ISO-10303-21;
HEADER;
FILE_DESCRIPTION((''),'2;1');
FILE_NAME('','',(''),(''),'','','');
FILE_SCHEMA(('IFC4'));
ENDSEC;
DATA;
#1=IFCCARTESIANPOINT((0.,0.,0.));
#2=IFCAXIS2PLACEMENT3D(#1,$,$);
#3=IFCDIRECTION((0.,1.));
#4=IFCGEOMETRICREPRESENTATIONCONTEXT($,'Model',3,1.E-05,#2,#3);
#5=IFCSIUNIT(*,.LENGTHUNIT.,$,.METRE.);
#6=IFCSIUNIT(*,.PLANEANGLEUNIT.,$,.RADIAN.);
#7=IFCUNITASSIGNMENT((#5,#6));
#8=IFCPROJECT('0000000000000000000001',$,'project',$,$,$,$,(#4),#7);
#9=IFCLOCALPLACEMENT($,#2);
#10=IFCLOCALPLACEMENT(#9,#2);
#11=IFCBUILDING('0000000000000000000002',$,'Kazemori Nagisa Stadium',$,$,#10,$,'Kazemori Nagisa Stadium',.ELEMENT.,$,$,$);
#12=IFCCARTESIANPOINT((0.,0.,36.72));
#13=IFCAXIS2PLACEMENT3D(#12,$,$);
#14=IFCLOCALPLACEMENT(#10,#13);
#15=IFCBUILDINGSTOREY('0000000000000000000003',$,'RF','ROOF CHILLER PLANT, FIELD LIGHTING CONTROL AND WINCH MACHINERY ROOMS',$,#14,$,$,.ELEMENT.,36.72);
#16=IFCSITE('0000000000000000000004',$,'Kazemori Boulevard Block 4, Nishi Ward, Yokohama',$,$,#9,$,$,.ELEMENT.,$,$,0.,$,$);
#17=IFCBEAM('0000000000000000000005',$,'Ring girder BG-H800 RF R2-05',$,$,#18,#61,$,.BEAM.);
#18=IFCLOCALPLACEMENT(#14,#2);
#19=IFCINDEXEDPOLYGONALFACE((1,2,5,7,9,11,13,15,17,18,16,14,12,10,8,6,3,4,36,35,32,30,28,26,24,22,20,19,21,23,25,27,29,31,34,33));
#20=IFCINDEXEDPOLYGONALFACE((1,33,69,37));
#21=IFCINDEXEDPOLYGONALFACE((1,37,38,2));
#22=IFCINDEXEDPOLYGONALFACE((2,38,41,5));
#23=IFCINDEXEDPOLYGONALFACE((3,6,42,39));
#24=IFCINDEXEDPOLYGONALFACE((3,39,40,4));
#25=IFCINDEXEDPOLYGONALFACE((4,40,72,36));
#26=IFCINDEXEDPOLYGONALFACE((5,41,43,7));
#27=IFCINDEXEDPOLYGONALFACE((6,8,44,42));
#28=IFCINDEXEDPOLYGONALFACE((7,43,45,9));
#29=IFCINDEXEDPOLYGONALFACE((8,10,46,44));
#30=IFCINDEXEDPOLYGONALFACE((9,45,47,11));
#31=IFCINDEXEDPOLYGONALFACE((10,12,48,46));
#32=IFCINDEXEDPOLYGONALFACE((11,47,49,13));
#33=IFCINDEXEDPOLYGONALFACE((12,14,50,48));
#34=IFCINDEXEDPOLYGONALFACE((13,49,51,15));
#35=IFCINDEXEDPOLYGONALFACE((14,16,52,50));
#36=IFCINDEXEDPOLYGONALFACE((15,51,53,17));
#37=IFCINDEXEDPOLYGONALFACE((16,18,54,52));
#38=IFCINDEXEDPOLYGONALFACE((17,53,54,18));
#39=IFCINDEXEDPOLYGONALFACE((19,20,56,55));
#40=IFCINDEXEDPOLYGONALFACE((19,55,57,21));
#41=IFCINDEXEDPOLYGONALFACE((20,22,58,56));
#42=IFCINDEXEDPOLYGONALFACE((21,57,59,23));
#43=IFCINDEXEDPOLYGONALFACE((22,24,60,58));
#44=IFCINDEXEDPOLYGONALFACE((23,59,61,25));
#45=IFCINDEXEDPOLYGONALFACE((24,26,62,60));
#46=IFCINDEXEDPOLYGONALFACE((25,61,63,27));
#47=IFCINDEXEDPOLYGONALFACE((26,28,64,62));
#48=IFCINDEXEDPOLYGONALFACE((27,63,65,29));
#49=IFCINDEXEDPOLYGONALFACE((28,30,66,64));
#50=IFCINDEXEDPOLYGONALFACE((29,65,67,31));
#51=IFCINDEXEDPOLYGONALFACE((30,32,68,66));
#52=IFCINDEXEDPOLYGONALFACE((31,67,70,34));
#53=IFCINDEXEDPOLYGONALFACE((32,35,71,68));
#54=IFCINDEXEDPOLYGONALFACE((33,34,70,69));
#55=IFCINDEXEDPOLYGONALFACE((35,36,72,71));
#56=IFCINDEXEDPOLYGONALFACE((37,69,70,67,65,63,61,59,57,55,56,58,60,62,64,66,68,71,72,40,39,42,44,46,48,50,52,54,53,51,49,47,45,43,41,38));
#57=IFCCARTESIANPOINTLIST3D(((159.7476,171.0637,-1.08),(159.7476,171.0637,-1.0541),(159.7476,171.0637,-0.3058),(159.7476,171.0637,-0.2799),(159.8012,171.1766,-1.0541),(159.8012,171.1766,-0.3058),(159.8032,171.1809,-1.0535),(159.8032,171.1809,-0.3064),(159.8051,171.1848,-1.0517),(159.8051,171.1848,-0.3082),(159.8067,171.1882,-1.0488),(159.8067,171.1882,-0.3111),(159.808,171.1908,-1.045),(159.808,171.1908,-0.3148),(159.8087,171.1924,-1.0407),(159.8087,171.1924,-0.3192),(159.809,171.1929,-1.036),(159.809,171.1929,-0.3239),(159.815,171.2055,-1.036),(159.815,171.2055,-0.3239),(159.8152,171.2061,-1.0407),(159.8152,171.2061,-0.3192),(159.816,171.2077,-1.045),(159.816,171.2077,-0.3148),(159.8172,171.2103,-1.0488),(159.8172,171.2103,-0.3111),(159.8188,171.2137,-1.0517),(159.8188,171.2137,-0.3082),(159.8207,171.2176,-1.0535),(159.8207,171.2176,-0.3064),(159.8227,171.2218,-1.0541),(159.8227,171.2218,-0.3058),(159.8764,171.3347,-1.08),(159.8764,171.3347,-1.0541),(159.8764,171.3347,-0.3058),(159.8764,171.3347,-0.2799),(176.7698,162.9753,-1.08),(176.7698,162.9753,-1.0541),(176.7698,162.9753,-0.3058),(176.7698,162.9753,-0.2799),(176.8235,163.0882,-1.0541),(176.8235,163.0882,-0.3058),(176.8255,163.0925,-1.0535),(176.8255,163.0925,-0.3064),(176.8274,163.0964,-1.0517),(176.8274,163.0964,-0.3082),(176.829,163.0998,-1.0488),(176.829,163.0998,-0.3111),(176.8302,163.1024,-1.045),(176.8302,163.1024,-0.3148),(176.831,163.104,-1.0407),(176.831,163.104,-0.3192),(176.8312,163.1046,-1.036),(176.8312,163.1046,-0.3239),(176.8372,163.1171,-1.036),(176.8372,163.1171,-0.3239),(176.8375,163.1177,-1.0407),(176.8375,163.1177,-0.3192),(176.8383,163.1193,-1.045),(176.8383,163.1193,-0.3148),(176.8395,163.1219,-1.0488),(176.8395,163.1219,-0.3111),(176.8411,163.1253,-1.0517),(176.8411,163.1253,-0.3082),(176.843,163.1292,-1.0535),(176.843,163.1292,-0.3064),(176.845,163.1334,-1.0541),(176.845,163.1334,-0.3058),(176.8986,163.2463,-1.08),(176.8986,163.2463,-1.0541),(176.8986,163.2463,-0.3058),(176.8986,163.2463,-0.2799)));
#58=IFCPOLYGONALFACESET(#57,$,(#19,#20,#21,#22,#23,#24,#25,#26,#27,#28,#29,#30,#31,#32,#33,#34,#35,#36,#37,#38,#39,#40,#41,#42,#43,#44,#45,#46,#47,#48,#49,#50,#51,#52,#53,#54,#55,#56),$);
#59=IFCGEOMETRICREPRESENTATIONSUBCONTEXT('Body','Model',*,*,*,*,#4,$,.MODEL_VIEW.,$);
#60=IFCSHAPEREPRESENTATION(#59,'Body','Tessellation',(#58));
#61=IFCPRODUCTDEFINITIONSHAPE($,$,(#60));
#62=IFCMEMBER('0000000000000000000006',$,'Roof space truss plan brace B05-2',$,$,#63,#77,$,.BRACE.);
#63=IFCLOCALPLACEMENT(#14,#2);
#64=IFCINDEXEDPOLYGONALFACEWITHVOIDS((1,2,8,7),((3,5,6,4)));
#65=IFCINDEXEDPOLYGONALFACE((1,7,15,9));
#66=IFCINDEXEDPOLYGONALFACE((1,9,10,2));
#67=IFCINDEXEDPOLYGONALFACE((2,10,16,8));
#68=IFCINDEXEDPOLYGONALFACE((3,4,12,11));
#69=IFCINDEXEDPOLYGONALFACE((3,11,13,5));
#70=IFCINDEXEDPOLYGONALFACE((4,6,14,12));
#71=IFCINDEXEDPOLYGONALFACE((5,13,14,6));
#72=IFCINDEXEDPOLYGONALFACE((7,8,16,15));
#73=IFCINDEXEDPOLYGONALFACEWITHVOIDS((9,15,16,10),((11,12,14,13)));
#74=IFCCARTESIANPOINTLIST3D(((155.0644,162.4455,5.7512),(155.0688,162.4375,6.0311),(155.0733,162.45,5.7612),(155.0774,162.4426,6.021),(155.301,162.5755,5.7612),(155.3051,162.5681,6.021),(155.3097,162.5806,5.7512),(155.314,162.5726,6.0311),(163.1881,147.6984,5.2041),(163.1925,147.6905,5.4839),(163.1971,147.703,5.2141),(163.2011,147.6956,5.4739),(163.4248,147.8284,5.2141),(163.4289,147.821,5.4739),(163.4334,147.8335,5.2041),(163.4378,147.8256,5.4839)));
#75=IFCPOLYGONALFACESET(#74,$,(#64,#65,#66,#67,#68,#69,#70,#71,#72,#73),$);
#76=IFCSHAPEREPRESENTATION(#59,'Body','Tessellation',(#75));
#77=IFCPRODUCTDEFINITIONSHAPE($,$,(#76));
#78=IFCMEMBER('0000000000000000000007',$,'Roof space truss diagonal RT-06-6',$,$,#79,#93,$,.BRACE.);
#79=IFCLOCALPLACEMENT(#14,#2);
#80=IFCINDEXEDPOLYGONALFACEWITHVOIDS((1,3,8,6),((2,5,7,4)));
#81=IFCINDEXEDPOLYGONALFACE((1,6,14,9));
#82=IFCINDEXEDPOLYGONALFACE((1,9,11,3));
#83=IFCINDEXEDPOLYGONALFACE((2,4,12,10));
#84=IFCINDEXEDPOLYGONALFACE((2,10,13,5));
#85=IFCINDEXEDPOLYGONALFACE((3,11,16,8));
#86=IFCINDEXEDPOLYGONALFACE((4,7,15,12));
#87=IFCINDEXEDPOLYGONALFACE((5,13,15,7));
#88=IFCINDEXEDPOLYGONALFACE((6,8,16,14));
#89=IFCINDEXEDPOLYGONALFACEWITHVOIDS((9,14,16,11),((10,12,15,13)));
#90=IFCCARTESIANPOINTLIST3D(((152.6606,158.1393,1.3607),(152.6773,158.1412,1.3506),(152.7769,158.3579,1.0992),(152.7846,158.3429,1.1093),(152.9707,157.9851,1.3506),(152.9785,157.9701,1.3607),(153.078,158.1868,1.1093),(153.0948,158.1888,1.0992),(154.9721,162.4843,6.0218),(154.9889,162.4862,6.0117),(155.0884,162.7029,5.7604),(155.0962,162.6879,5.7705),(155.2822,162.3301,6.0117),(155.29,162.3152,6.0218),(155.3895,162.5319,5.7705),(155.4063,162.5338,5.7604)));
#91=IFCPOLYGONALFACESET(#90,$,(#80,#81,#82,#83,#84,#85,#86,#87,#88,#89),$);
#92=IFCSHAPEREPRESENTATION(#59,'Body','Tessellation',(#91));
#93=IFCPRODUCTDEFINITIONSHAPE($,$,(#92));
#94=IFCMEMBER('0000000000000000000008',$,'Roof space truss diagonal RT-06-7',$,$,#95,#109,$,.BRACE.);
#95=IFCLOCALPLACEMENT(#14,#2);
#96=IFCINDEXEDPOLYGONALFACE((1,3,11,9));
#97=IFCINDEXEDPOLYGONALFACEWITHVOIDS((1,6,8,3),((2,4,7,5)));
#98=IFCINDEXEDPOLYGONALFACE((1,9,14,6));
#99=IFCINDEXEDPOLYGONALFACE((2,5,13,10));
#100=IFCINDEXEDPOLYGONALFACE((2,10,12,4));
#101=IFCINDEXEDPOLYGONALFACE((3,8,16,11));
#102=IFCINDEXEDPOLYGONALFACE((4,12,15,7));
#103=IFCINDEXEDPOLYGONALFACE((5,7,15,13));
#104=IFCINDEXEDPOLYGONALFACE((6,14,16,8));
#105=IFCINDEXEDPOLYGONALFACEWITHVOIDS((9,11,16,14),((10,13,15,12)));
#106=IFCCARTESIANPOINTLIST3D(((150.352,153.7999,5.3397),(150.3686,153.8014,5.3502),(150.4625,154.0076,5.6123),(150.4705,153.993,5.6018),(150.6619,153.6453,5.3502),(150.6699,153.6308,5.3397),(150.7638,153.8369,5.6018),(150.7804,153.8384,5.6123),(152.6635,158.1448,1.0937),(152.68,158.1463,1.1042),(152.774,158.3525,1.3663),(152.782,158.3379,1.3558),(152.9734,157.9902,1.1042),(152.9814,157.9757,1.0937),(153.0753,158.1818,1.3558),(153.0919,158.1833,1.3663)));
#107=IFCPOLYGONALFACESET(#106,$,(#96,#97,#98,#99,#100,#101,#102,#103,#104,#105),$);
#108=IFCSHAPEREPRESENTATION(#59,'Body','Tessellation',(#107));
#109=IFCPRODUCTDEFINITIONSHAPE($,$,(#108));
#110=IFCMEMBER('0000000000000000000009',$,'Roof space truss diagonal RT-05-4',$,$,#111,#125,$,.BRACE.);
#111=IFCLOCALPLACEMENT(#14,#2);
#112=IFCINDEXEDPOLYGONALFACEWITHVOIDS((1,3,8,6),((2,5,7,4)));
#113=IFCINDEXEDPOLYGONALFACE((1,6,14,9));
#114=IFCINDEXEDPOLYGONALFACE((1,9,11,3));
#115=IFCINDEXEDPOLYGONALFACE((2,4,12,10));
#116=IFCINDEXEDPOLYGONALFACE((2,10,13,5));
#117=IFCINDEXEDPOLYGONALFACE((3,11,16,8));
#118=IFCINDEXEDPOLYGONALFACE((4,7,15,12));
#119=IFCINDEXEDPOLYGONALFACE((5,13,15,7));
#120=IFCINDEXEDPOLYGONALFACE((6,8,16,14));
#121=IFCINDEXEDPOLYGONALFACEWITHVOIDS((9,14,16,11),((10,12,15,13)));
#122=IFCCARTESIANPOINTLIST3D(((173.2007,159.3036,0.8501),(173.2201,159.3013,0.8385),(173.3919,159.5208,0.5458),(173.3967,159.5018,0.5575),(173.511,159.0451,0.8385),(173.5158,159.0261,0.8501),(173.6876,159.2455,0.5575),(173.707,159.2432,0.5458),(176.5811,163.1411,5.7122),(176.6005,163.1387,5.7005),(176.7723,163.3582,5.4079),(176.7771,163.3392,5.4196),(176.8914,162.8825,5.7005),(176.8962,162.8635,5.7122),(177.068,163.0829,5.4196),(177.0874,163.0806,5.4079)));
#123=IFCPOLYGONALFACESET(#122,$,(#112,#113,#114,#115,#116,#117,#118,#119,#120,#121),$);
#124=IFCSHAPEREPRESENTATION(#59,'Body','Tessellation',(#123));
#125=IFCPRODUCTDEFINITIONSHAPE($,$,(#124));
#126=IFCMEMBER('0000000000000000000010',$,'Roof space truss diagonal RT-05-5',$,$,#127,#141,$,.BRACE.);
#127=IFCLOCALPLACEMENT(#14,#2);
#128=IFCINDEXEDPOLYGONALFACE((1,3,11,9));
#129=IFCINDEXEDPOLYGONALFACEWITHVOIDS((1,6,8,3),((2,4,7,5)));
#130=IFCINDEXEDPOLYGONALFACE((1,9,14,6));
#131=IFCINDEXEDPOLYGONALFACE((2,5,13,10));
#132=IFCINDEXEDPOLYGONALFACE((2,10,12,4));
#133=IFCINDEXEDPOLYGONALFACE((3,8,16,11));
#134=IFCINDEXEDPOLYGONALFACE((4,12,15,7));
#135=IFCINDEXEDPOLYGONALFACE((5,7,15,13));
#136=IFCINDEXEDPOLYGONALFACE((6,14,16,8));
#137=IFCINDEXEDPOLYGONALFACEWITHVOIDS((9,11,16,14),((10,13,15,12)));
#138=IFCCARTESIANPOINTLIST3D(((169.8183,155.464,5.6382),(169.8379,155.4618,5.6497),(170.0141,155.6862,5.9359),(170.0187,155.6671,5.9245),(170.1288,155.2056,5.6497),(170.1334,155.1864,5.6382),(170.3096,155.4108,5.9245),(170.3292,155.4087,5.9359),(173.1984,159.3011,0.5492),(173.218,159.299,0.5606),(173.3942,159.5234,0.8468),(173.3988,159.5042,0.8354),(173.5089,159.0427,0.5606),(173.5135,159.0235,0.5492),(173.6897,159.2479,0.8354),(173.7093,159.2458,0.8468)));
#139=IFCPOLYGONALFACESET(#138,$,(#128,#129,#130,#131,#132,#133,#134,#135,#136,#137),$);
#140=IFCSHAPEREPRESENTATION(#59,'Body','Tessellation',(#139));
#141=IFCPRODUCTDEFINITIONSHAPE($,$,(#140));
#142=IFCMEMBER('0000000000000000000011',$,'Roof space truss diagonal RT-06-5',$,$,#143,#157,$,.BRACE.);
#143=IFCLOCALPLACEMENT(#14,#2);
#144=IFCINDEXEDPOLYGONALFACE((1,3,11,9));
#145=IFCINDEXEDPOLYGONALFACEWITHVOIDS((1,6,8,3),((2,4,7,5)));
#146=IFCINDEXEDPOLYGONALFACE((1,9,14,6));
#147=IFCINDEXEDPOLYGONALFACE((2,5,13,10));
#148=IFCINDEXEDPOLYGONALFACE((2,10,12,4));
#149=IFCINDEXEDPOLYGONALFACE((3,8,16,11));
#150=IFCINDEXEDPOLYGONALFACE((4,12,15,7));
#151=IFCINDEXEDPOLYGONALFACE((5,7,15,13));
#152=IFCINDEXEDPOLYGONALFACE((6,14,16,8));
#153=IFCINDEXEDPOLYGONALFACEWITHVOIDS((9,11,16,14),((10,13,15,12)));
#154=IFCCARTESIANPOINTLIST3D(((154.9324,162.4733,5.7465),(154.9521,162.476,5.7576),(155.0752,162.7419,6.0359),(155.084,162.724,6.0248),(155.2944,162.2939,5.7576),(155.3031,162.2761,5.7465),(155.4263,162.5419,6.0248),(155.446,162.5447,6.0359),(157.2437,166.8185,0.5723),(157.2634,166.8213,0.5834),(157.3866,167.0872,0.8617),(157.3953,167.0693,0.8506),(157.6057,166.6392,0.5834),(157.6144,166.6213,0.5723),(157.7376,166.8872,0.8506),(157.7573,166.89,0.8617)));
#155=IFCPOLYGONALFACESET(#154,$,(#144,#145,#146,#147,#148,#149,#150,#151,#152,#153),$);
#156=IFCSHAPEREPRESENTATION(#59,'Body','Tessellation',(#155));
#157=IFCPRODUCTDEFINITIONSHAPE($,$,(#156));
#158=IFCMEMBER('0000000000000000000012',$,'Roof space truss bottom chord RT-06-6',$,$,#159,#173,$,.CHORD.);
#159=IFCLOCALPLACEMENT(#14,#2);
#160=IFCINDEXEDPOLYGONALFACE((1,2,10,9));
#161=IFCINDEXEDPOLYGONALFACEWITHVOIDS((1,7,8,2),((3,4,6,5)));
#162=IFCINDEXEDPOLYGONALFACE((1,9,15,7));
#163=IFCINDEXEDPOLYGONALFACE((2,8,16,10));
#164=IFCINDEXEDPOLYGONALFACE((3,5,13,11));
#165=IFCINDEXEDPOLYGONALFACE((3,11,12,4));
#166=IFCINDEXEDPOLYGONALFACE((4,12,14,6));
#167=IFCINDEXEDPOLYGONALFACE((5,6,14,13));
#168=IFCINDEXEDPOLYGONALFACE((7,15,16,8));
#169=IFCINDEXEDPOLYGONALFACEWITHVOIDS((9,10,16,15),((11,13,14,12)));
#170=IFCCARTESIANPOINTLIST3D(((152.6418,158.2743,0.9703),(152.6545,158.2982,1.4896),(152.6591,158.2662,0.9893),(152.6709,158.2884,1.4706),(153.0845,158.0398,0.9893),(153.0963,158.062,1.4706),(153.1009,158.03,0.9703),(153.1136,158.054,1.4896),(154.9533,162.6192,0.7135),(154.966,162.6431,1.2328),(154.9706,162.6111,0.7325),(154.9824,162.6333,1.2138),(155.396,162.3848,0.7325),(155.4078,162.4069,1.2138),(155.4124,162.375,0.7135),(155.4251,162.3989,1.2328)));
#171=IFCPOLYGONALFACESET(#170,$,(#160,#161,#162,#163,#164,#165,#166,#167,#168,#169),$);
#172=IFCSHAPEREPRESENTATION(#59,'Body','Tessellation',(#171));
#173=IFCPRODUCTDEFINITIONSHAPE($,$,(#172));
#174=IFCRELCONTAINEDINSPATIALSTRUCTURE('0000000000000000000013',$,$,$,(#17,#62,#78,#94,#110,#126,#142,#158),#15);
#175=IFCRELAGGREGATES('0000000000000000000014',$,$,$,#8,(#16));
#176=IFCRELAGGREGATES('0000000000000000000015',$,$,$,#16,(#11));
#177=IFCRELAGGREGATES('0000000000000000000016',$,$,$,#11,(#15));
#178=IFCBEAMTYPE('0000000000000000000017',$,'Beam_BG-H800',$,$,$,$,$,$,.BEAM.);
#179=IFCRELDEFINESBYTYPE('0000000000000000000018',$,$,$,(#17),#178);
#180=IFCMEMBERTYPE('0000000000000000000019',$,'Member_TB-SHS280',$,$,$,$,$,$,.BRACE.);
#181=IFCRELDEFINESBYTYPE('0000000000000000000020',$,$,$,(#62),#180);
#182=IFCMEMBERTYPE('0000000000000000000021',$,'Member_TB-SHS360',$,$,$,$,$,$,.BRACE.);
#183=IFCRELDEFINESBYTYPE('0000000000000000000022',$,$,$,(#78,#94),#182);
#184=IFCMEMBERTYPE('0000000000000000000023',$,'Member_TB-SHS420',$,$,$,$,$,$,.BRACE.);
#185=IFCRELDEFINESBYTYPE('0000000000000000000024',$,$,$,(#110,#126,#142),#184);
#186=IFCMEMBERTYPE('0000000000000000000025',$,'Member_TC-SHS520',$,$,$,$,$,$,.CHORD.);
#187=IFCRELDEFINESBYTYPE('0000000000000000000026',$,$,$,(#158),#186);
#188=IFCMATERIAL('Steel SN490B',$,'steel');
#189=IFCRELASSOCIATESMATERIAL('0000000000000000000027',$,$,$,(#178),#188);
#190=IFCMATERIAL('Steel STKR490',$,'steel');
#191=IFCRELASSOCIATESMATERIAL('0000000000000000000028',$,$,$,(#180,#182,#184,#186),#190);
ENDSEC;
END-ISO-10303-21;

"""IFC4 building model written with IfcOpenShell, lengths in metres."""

from ifc_helpers import new_model, si_unit, direction, frame, origin, origin_2d, place, context, subcontext, project, spatial, hollow_rectangle, i_section, extrude, material, material_profile, profile_set, type_object, element, save


model = new_model("IFC4")

# Units and contexts
model_context = context("Model", 3, precision=1e-05, world=origin(), true_north=direction((0.0, 1.0)))
body_context = subcontext(model_context, "Body", "Model", "MODEL_VIEW")
ifc_project = project(units=[si_unit("LENGTHUNIT", "METRE"), si_unit("PLANEANGLEUNIT", "RADIAN")], contexts=[model_context])

# Site, building, storey
site_placement = place(None, origin())
site = spatial("IfcSite", under=ifc_project, at=site_placement, Name="Kazemori Boulevard Block 4, Nishi Ward, Yokohama", CompositionType="ELEMENT", RefElevation=0.0)
building_placement = place(site_placement, origin())
building = spatial("IfcBuilding", under=site, at=building_placement, Name="Kazemori Nagisa Stadium", LongName="Kazemori Nagisa Stadium", CompositionType="ELEMENT")
storey_placement = place(building_placement, frame((0.0, 0.0, 36.72)))
storey = spatial("IfcBuildingStorey", under=building, at=storey_placement, Name="RF", Description="ROOF CHILLER PLANT, FIELD LIGHTING CONTROL AND WINCH MACHINERY ROOMS", CompositionType="ELEMENT", Elevation=36.72)

# Shared definitions
ifc_material_1 = material(Name="Steel SN490B", Category="steel")

# Beam
ifc_material_profile_1 = material_profile(ifc_material_1, i_section(OverallWidth=0.3, OverallDepth=0.8, WebThickness=0.0139, FlangeThickness=0.0259, FilletRadius=0.0181, at=origin_2d()), Name="H-800x300x14x26")
ifc_profile_set_1 = profile_set([ifc_material_profile_1], Name="Steel SN490B")
beam_type_1 = type_object("IfcBeamType", Name="Beam_BG-H800", PredefinedType="BEAM", material=ifc_profile_set_1)
beam_1_placement = place(storey_placement, frame((176.8342, 163.1108, -0.6799), z_axis=(-0.903219, 0.429179, 0.0), x_axis=(-0.429179, -0.903219, 0.0)))
element("IfcBeam", 1, at=beam_1_placement, inside=storey, type_object=beam_type_1, Name="Ring girder BG-H800 RF R2-05", PredefinedType="BEAM", context=body_context, shape_type="SweptSolid", body=[
    extrude(i_section(OverallWidth=0.3, OverallDepth=0.8, WebThickness=0.0139, FlangeThickness=0.0259, FilletRadius=0.0181, at=origin_2d()), origin(), (0.0, 0.0, 1.0), 18.8462),
])

# Members
ifc_material_2 = material(Name="Steel STKR490", Category="steel")
ifc_material_profile_2 = material_profile(ifc_material_2, hollow_rectangle(XDim=0.28, YDim=0.28, WallThickness=0.01, at=origin_2d()), Name="SHS-280x280x10")
ifc_profile_set_2 = profile_set([ifc_material_profile_2], Name="Steel STKR490")
member_type_1 = type_object("IfcMemberType", Name="Member_TB-SHS280", PredefinedType="BRACE", material=ifc_profile_set_2)
member_1_placement = place(storey_placement, frame((155.1892, 162.509, 5.8911), z_axis=(0.482252, -0.87543, -0.032479), x_axis=(0.875892, 0.482506, 0.0)))
element("IfcMember", 2, at=member_1_placement, inside=storey, type_object=member_type_1, Name="Roof space truss plan brace B05-2", PredefinedType="BRACE", context=body_context, shape_type="SweptSolid", body=[
    extrude(hollow_rectangle(XDim=0.28, YDim=0.28, WallThickness=0.01, at=origin_2d()), origin(), (0.0, 0.0, 1.0), 16.8455),
])
ifc_material_profile_3 = material_profile(ifc_material_2, hollow_rectangle(XDim=0.3601, YDim=0.3601, WallThickness=0.0139, at=origin_2d()), Name="SHS-360x360x14")
ifc_profile_set_3 = profile_set([ifc_material_profile_3], Name="Steel STKR490")
member_type_2 = type_object("IfcMemberType", Name="Member_TB-SHS360", PredefinedType="BRACE", material=ifc_profile_set_3)
member_2_placement = place(storey_placement, frame((155.1892, 162.509, 5.8911), z_axis=(-0.341008, -0.640993, -0.687635), x_axis=(0.882841, -0.469671, 0.0)))
element("IfcMember", 3, at=member_2_placement, inside=storey, type_object=member_type_2, Name="Roof space truss diagonal RT-06-6", PredefinedType="BRACE", context=body_context, shape_type="SweptSolid", body=[
    extrude(hollow_rectangle(XDim=0.3601, YDim=0.3601, WallThickness=0.0139, at=origin_2d()), origin(), (0.0, 0.0, 1.0), 6.7786),
])
member_3_placement = place(storey_placement, frame((152.8777, 158.1641, 1.23), z_axis=(-0.355614, -0.668447, 0.653236), x_axis=(0.882841, -0.469671, 0.0)))
element("IfcMember", 4, at=member_3_placement, inside=storey, type_object=member_type_2, Name="Roof space truss diagonal RT-06-7", PredefinedType="BRACE", context=body_context, shape_type="SweptSolid", body=[
    extrude(hollow_rectangle(XDim=0.3601, YDim=0.3601, WallThickness=0.0139, at=origin_2d()), origin(), (0.0, 0.0, 1.0), 6.5),
])
ifc_material_profile_4 = material_profile(ifc_material_2, hollow_rectangle(XDim=0.4199, YDim=0.4199, WallThickness=0.0161, at=origin_2d()), Name="SHS-420x420x16")
ifc_profile_set_4 = profile_set([ifc_material_profile_4], Name="Steel STKR490")
member_type_3 = type_object("IfcMemberType", Name="Member_TB-SHS420", PredefinedType="BRACE", material=ifc_profile_set_4)
member_4_placement = place(storey_placement, frame((176.8342, 163.1108, 5.5601), z_axis=(-0.479053, -0.543822, -0.689033), x_axis=(0.750378, -0.661009, 0.0)))
element("IfcMember", 5, at=member_4_placement, inside=storey, type_object=member_type_3, Name="Roof space truss diagonal RT-05-4", PredefinedType="BRACE", context=body_context, shape_type="SweptSolid", body=[
    extrude(hollow_rectangle(XDim=0.4199, YDim=0.4199, WallThickness=0.0161, at=origin_2d()), origin(), (0.0, 0.0, 1.0), 7.0564),
])
member_5_placement = place(storey_placement, frame((173.4539, 159.2734, 0.698), z_axis=(-0.468523, -0.531872, 0.705407), x_axis=(0.750381, -0.661006, 0.0)))
element("IfcMember", 6, at=member_5_placement, inside=storey, type_object=member_type_3, Name="Roof space truss diagonal RT-05-5", PredefinedType="BRACE", context=body_context, shape_type="SweptSolid", body=[
    extrude(hollow_rectangle(XDim=0.4199, YDim=0.4199, WallThickness=0.0161, at=origin_2d()), origin(), (0.0, 0.0, 1.0), 7.2144),
])
member_6_placement = place(storey_placement, frame((157.5005, 166.8542, 0.717), z_axis=(-0.323663, -0.608488, 0.724558), x_axis=(0.882873, -0.469612, 0.0)))
element("IfcMember", 7, at=member_6_placement, inside=storey, type_object=member_type_3, Name="Roof space truss diagonal RT-06-5", PredefinedType="BRACE", context=body_context, shape_type="SweptSolid", body=[
    extrude(hollow_rectangle(XDim=0.4199, YDim=0.4199, WallThickness=0.0161, at=origin_2d()), origin(), (0.0, 0.0, 1.0), 7.1411),
])
ifc_material_profile_5 = material_profile(ifc_material_2, hollow_rectangle(XDim=0.52, YDim=0.52, WallThickness=0.019, at=origin_2d()), Name="SHS-520x520x19")
ifc_profile_set_5 = profile_set([ifc_material_profile_5], Name="Steel STKR490")
member_type_4 = type_object("IfcMemberType", Name="Member_TC-SHS520", PredefinedType="CHORD", material=ifc_profile_set_5)
member_7_placement = place(storey_placement, frame((155.1892, 162.509, 0.9731), z_axis=(-0.469033, -0.881642, 0.052115), x_axis=(0.882841, -0.469671, 0.0)))
element("IfcMember", 8, at=member_7_placement, inside=storey, type_object=member_type_4, Name="Roof space truss bottom chord RT-06-6", PredefinedType="CHORD", context=body_context, shape_type="SweptSolid", body=[
    extrude(hollow_rectangle(XDim=0.52, YDim=0.52, WallThickness=0.019, at=origin_2d()), origin(), (0.0, 0.0, 1.0), 4.9282),
])

save(model, "model.ifc")
